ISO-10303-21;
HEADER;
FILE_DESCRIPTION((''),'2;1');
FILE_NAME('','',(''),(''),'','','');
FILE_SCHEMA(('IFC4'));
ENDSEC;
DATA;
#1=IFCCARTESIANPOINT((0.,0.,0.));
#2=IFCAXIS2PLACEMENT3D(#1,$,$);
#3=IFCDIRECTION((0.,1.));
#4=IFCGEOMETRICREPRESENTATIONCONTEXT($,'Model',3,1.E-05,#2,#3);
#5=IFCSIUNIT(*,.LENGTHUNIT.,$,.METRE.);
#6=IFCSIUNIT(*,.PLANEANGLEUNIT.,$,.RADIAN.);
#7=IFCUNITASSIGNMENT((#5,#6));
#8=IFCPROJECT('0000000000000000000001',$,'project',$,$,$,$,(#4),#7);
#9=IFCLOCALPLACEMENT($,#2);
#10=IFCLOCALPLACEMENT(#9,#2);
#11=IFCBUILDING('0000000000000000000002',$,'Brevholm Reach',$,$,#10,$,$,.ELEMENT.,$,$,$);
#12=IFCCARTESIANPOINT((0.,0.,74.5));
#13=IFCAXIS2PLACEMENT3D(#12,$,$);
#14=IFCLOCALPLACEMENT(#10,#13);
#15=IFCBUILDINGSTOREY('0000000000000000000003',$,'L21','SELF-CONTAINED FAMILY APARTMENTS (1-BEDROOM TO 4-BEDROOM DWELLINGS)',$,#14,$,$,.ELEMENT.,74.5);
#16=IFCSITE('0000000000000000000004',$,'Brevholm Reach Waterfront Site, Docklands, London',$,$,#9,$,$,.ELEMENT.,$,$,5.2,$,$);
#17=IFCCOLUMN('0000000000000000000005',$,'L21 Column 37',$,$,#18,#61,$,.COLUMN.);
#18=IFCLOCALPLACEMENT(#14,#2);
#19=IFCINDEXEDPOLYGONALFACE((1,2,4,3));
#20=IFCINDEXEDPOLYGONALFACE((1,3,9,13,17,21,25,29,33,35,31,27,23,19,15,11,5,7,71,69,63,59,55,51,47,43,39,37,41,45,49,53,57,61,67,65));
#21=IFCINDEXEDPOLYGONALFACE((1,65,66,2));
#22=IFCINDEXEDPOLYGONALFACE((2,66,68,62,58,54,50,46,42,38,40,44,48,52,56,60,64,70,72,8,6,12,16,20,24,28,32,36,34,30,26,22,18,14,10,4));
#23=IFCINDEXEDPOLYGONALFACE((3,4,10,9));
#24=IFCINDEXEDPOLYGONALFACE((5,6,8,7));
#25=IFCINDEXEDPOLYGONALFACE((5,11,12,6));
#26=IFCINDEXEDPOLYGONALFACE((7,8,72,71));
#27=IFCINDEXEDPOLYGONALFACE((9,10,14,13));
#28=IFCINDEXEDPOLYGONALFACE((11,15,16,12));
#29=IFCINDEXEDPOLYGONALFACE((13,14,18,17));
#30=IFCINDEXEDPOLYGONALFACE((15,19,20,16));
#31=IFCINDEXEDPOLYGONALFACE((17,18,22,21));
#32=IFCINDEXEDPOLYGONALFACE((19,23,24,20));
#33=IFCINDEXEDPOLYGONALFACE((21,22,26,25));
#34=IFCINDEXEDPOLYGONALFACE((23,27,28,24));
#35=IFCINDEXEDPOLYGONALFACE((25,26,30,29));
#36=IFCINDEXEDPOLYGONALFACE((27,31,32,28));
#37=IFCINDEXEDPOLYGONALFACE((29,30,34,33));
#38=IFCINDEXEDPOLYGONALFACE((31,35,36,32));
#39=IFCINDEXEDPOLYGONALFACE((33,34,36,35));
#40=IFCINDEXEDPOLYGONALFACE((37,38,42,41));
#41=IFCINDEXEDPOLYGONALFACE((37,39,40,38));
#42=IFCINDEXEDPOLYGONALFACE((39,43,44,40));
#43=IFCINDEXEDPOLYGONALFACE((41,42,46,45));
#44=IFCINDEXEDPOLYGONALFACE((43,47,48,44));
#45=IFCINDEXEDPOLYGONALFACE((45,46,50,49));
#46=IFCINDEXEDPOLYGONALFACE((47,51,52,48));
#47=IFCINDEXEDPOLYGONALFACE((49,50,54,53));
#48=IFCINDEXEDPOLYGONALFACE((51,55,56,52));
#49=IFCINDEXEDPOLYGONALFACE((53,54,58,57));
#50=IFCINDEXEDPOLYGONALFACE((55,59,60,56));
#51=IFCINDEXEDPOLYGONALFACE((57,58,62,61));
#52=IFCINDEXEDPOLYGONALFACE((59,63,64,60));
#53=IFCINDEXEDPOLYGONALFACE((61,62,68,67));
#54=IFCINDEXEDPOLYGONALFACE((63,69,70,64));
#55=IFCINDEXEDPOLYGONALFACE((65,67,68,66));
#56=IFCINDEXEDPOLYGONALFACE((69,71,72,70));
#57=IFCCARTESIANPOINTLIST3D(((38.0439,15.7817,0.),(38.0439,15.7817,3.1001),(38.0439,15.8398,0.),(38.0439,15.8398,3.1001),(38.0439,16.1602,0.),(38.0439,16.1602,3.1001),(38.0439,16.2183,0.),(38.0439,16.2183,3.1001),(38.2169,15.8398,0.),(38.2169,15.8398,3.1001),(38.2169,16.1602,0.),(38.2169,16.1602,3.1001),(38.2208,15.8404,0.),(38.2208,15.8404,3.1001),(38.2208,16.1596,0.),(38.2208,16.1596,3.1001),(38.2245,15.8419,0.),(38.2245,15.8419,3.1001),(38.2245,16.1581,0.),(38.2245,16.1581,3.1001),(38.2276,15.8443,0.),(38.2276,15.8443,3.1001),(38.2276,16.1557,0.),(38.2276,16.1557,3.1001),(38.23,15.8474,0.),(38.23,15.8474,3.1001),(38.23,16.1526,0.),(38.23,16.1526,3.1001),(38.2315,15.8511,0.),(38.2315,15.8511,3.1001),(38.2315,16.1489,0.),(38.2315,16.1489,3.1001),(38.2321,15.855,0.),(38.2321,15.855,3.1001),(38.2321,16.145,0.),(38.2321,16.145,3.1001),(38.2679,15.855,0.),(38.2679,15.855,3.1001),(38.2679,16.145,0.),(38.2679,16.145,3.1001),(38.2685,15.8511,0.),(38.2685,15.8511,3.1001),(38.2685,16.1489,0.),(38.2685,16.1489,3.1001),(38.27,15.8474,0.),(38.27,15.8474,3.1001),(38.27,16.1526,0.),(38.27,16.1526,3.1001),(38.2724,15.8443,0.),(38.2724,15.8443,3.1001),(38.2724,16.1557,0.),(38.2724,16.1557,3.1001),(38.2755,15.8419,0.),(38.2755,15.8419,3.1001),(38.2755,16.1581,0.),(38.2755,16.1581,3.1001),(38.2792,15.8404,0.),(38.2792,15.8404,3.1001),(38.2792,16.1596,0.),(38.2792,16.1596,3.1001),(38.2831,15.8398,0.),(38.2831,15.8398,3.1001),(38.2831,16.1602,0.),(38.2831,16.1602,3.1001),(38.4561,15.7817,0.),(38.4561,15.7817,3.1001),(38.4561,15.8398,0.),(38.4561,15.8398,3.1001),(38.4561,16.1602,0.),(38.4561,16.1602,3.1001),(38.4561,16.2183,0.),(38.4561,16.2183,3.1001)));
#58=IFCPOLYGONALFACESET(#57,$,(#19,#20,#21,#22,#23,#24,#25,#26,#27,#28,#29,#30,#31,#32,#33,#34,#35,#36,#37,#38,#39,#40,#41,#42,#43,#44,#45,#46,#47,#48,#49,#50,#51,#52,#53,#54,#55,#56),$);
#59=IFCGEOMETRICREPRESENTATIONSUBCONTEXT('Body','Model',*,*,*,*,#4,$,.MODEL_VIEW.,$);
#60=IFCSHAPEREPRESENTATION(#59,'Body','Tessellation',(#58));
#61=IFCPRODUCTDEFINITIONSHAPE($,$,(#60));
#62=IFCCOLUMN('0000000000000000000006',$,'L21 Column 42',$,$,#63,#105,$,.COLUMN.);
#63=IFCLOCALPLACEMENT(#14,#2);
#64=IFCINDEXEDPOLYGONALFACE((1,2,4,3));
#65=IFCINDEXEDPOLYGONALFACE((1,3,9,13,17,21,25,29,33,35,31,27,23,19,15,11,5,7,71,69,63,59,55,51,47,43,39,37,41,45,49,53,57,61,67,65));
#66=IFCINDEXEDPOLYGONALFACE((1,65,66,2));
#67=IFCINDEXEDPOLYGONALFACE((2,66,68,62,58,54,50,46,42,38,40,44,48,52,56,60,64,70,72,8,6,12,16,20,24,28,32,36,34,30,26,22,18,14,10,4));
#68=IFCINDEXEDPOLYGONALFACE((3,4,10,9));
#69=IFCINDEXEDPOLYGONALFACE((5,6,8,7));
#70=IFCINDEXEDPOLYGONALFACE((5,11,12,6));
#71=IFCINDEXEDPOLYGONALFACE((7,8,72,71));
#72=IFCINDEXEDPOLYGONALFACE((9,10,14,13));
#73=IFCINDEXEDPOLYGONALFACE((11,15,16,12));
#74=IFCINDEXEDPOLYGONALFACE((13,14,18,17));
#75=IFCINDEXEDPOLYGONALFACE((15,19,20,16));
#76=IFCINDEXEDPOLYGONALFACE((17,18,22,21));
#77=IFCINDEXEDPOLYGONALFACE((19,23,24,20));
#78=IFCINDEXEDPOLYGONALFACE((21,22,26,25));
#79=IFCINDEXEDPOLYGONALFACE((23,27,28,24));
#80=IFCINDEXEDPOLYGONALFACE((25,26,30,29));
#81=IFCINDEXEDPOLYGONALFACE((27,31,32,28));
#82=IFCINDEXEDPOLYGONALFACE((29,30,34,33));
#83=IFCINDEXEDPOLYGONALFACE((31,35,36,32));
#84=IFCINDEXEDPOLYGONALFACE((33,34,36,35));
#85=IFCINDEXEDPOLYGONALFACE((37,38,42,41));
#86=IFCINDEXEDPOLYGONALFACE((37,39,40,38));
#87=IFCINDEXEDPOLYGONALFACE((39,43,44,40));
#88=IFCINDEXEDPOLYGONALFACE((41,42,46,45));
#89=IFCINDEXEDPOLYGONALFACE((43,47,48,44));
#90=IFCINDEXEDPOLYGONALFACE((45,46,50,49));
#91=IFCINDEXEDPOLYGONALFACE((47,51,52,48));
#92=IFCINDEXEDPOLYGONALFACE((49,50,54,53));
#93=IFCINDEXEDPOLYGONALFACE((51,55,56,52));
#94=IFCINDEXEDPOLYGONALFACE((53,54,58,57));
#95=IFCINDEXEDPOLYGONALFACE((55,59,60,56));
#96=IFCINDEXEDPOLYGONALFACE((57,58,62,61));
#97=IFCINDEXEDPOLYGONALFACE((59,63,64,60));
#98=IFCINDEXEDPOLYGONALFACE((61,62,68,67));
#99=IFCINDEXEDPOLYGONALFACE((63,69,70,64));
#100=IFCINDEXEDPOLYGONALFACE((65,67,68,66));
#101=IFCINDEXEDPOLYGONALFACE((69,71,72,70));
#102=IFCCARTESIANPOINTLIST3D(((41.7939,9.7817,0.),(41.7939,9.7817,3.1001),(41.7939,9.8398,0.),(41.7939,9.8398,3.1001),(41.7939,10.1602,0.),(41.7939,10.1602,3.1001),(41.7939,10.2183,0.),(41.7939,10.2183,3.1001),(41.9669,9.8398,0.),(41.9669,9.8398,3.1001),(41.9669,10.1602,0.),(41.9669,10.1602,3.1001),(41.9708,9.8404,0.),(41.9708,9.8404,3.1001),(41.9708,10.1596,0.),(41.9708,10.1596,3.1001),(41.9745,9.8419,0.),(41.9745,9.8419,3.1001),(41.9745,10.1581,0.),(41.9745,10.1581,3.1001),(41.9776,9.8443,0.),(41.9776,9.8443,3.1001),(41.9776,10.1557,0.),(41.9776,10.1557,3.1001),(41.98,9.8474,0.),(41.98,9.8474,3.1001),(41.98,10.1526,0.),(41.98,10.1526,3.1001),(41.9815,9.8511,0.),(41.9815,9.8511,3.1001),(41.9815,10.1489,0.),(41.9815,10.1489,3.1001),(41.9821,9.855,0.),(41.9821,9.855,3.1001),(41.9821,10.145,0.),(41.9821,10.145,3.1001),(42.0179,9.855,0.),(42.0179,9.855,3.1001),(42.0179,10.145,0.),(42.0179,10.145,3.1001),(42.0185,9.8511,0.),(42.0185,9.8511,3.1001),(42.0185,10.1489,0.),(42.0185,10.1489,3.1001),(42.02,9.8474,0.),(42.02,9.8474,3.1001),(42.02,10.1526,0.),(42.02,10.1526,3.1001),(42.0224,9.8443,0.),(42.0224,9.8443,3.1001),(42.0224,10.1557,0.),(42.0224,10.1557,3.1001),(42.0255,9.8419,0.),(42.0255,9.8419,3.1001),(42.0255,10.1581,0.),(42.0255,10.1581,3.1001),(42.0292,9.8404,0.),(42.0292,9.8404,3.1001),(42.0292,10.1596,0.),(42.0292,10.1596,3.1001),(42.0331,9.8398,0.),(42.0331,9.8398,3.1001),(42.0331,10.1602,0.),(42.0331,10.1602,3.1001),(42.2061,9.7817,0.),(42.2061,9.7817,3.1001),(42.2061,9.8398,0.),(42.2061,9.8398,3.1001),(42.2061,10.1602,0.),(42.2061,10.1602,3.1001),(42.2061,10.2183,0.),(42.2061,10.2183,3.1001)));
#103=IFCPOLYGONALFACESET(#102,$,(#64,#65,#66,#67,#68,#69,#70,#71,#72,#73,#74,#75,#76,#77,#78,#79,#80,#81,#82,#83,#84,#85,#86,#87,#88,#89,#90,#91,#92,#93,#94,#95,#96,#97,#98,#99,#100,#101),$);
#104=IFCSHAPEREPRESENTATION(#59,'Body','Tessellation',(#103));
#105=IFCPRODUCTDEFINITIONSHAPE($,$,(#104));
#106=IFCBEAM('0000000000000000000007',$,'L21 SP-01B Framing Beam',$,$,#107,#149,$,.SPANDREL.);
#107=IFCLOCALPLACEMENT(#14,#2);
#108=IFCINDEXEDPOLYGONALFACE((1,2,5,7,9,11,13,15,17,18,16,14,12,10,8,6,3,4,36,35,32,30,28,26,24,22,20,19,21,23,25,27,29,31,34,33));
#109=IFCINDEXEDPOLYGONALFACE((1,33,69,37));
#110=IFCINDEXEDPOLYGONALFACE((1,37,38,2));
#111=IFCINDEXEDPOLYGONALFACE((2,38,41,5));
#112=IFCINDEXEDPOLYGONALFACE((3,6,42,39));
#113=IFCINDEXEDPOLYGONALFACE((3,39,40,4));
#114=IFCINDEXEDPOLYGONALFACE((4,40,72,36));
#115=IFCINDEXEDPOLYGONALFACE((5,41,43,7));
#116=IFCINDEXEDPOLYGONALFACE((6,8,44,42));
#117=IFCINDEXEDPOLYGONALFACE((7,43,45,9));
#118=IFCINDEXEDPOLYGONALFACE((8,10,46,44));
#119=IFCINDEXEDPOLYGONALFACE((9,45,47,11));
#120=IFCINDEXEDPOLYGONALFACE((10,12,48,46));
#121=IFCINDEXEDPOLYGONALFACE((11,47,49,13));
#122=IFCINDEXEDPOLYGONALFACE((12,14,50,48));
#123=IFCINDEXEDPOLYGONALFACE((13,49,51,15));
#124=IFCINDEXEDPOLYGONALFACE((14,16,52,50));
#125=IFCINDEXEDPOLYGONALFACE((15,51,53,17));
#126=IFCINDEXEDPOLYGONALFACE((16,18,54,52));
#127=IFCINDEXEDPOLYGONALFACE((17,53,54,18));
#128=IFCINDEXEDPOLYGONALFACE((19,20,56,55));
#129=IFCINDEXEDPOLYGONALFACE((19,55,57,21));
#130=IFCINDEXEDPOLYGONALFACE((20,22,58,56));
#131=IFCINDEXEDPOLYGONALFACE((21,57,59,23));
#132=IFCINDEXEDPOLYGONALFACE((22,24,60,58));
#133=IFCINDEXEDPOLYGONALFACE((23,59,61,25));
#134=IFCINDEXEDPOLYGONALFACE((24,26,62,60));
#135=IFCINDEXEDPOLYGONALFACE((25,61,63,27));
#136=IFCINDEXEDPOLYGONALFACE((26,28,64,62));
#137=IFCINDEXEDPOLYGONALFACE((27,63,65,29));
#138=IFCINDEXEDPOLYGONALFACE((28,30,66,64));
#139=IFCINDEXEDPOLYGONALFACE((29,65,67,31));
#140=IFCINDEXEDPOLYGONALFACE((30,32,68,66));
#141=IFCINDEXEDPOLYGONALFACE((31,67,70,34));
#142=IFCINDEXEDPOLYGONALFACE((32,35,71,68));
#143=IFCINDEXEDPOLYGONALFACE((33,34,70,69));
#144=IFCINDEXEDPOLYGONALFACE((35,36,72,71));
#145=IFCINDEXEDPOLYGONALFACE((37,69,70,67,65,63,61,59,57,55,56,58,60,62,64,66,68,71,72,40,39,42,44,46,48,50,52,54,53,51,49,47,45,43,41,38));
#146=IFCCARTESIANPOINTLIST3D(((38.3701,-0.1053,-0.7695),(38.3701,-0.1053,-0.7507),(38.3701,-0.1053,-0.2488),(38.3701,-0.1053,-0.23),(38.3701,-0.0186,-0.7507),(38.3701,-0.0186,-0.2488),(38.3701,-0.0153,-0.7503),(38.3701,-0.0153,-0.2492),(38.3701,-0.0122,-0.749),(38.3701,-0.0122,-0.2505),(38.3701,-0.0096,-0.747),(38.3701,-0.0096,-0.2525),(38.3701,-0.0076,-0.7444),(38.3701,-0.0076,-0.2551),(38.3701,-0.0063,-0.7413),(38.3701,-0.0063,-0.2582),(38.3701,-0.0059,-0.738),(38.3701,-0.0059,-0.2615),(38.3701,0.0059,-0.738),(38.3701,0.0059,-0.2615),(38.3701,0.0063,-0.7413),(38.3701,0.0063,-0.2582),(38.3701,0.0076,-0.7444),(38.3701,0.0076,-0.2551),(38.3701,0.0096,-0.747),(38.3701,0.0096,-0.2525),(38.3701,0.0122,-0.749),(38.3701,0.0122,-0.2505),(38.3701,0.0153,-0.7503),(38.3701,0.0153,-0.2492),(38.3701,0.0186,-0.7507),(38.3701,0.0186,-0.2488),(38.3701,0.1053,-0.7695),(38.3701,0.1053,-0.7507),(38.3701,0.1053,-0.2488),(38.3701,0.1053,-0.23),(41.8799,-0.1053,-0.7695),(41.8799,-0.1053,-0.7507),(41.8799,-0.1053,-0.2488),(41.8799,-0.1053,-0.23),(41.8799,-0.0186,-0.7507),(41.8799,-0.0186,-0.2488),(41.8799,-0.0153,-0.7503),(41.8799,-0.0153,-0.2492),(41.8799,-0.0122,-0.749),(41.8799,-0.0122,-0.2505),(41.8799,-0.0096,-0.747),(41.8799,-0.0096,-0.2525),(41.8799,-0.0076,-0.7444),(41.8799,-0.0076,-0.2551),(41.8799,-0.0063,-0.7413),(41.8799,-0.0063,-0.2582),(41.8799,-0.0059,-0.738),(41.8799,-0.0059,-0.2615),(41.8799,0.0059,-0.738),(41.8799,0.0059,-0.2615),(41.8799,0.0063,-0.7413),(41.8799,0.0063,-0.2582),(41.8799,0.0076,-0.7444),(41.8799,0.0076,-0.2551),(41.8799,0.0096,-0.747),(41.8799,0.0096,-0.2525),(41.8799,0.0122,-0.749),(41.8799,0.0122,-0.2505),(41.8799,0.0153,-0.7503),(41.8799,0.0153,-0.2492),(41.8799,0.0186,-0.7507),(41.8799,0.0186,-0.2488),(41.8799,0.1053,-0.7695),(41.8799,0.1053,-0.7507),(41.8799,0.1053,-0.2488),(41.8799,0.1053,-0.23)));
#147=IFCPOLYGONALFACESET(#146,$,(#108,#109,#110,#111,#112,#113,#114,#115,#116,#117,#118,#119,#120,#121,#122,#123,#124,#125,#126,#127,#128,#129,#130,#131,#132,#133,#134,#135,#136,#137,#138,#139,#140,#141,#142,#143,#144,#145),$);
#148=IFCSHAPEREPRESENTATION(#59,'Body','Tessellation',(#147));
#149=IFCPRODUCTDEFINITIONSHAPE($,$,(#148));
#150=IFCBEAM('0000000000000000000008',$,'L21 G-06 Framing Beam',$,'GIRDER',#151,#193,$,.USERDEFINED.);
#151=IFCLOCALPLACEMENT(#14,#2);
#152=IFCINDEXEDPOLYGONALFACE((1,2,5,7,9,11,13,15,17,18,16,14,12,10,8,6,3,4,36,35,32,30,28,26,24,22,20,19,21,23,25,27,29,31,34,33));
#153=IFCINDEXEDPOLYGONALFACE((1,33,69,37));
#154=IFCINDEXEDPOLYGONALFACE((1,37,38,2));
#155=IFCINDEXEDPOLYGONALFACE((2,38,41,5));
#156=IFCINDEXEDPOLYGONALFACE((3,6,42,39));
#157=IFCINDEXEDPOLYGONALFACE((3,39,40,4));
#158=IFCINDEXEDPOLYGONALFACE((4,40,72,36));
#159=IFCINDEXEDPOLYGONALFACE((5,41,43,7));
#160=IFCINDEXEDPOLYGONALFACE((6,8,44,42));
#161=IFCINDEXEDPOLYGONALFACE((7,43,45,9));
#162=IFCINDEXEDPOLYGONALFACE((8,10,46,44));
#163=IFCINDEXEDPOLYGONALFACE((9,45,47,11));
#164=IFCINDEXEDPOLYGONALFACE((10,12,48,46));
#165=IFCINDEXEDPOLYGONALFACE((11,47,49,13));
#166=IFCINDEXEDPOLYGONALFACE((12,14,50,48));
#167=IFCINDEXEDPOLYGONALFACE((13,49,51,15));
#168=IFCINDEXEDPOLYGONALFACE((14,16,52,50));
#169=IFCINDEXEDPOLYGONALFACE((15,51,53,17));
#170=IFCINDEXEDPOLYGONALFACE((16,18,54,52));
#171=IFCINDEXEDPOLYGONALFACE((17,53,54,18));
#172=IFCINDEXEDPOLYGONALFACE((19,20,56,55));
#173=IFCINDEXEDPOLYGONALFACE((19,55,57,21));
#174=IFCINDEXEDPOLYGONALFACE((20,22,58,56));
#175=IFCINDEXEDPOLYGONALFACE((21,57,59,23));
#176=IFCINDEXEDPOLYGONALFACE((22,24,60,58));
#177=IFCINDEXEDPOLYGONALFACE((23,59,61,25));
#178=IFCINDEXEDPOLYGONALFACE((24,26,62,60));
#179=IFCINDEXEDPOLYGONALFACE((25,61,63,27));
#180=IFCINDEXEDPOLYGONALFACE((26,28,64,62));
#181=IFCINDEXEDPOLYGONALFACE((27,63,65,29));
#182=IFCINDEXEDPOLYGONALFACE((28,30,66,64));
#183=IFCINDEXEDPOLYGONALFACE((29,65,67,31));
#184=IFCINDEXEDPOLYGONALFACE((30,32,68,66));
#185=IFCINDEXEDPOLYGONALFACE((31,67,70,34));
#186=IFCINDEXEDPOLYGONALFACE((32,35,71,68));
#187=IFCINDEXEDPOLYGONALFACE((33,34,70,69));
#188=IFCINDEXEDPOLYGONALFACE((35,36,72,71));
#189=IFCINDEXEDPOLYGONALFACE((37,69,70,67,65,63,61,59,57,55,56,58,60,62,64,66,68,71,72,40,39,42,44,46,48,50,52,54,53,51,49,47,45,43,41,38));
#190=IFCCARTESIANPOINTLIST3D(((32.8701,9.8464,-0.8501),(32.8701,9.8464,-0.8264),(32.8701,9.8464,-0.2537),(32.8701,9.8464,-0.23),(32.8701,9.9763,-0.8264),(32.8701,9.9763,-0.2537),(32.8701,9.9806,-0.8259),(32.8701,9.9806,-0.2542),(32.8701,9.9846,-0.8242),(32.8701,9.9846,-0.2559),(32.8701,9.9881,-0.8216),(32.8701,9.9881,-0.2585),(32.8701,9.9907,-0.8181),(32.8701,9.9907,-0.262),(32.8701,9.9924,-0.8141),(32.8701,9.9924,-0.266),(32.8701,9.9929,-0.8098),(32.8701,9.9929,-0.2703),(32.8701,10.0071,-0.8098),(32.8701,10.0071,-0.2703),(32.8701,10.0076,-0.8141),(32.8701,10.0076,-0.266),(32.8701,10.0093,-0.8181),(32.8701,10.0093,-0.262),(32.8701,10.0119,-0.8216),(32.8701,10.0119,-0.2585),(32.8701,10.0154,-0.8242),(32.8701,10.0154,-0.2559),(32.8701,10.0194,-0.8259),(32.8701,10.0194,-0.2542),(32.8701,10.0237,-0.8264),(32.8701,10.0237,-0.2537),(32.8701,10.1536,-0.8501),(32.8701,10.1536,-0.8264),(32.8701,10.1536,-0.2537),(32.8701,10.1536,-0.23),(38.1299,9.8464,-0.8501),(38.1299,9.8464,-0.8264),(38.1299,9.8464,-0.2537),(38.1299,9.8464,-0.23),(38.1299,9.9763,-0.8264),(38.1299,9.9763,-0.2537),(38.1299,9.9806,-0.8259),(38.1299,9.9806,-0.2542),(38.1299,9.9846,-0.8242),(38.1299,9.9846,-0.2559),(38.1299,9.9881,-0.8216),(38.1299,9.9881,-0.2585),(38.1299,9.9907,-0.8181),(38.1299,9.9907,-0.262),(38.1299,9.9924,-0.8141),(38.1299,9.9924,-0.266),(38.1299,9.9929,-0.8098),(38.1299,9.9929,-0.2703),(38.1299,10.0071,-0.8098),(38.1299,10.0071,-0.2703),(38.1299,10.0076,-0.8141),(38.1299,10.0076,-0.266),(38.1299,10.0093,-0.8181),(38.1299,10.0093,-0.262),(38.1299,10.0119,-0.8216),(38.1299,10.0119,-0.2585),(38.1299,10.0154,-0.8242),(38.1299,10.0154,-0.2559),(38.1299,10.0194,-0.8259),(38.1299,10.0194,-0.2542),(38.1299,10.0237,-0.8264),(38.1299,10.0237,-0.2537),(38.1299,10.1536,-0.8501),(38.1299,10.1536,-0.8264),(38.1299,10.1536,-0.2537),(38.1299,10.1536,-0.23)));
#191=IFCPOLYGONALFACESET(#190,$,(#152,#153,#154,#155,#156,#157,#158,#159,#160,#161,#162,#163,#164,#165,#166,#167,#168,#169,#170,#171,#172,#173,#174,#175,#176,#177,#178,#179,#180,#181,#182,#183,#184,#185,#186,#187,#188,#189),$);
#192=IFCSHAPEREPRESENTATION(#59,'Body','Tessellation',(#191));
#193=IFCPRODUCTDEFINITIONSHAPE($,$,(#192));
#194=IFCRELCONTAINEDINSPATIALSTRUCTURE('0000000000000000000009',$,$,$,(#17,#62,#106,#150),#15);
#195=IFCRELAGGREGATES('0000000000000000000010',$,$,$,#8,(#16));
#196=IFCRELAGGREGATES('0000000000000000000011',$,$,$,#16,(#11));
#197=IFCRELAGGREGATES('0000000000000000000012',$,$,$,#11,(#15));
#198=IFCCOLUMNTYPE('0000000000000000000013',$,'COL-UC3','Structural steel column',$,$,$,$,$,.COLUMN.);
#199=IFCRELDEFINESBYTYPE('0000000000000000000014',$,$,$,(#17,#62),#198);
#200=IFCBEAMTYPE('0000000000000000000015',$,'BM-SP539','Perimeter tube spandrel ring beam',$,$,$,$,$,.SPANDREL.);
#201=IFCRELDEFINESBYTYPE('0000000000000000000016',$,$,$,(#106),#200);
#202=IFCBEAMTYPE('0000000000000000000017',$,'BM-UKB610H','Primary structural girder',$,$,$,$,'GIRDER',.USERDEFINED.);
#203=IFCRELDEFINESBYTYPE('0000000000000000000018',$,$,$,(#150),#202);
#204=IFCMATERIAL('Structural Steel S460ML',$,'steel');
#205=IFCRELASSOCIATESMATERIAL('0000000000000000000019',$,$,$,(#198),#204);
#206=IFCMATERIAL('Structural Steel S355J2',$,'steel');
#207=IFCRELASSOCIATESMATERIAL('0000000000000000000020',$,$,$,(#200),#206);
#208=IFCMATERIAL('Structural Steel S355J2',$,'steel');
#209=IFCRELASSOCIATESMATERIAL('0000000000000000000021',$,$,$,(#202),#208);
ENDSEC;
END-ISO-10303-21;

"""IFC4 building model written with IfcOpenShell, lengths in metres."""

from ifc_helpers import new_model, si_unit, direction, frame, origin, origin_2d, place, context, subcontext, project, spatial, i_section, extrude, material, material_profile, profile_set, type_object, element, save


model = new_model("IFC4")

# Units and contexts
model_context = context("Model", 3, precision=1e-05, world=origin(), true_north=direction((0.0, 1.0)))
body_context = subcontext(model_context, "Body", "Model", "MODEL_VIEW")
ifc_project = project(units=[si_unit("LENGTHUNIT", "METRE"), si_unit("PLANEANGLEUNIT", "RADIAN")], contexts=[model_context])

# Site, building, storey
site_placement = place(None, origin())
site = spatial("IfcSite", under=ifc_project, at=site_placement, Name="Brevholm Reach Waterfront Site, Docklands, London", CompositionType="ELEMENT", RefElevation=5.2)
building_placement = place(site_placement, origin())
building = spatial("IfcBuilding", under=site, at=building_placement, Name="Brevholm Reach", CompositionType="ELEMENT")
storey_placement = place(building_placement, frame((0.0, 0.0, 74.5)))
storey = spatial("IfcBuildingStorey", under=building, at=storey_placement, Name="L21", Description="SELF-CONTAINED FAMILY APARTMENTS (1-BEDROOM TO 4-BEDROOM DWELLINGS)", CompositionType="ELEMENT", Elevation=74.5)

# Columns
ifc_material_1 = material(Name="Structural Steel S460ML", Category="steel")
ifc_material_profile_1 = material_profile(ifc_material_1, i_section(OverallWidth=0.4121, OverallDepth=0.4365, WebThickness=0.0359, FlangeThickness=0.0581, FilletRadius=0.0151, at=origin_2d()), Name="UKC 356x406x467")
ifc_profile_set_1 = profile_set([ifc_material_profile_1], Name="Structural Steel S460ML")
column_type_1 = type_object("IfcColumnType", Name="COL-UC3", Description="Structural steel column", PredefinedType="COLUMN", material=ifc_profile_set_1)
for number, where, z_axis, x_axis, name in (
    (1, (38.25, 16.0, 0.0), (0.0, 0.0, 1.0), (1.0, 0.0, 0.0), "L21 Column 37"),
    (2, (42.0, 10.0, 0.0), (0.0, 0.0, 1.0), (1.0, 0.0, 0.0), "L21 Column 42"),
):
    element("IfcColumn", number, at=place(storey_placement, frame(where, z_axis=z_axis, x_axis=x_axis)), inside=storey, type_object=column_type_1, Name=name, PredefinedType="COLUMN", context=body_context, shape_type="SweptSolid", body=[
        extrude(i_section(OverallWidth=0.4121, OverallDepth=0.4365, WebThickness=0.0359, FlangeThickness=0.0581, FilletRadius=0.0151, at=origin_2d()), origin(), (0.0, 0.0, 1.0), 3.1001),
    ])

# Beams
ifc_material_2 = material(Name="Structural Steel S355J2", Category="steel")
ifc_material_profile_2 = material_profile(ifc_material_2, i_section(OverallWidth=0.2107, OverallDepth=0.5396, WebThickness=0.0117, FlangeThickness=0.0188, FilletRadius=0.0127, at=origin_2d()), Name="UKB 533x210x109")
ifc_profile_set_2 = profile_set([ifc_material_profile_2], Name="Structural Steel S355J2")
beam_type_1 = type_object("IfcBeamType", Name="BM-SP539", Description="Perimeter tube spandrel ring beam", PredefinedType="SPANDREL", material=ifc_profile_set_2)
beam_1_placement = place(storey_placement, frame((38.3701, 0.0, -0.4998), z_axis=(1.0, 0.0, 0.0), x_axis=(0.0, 1.0, 0.0)))
element("IfcBeam", 3, at=beam_1_placement, inside=storey, type_object=beam_type_1, Name="L21 SP-01B Framing Beam", PredefinedType="SPANDREL", context=body_context, shape_type="SweptSolid", body=[
    extrude(i_section(OverallWidth=0.2107, OverallDepth=0.5396, WebThickness=0.0117, FlangeThickness=0.0188, FilletRadius=0.0127, at=origin_2d()), origin(), (0.0, 0.0, 1.0), 3.5098),
])
ifc_material_3 = material(Name="Structural Steel S355J2", Category="steel")
ifc_material_profile_3 = material_profile(ifc_material_3, i_section(OverallWidth=0.3071, OverallDepth=0.6201, WebThickness=0.0142, FlangeThickness=0.0237, FilletRadius=0.0166, at=origin_2d()), Name="UKB 610x305x179")
ifc_profile_set_3 = profile_set([ifc_material_profile_3], Name="Structural Steel S355J2")
beam_type_2 = type_object("IfcBeamType", Name="BM-UKB610H", Description="Primary structural girder", ElementType="GIRDER", PredefinedType="USERDEFINED", material=ifc_profile_set_3)
beam_2_placement = place(storey_placement, frame((32.8701, 10.0, -0.54), z_axis=(1.0, 0.0, 0.0), x_axis=(0.0, 1.0, 0.0)))
element("IfcBeam", 4, at=beam_2_placement, inside=storey, type_object=beam_type_2, Name="L21 G-06 Framing Beam", ObjectType="GIRDER", PredefinedType="USERDEFINED", context=body_context, shape_type="SweptSolid", body=[
    extrude(i_section(OverallWidth=0.3071, OverallDepth=0.6201, WebThickness=0.0142, FlangeThickness=0.0237, FilletRadius=0.0166, at=origin_2d()), origin(), (0.0, 0.0, 1.0), 5.2598),
])

save(model, "model.ifc")
